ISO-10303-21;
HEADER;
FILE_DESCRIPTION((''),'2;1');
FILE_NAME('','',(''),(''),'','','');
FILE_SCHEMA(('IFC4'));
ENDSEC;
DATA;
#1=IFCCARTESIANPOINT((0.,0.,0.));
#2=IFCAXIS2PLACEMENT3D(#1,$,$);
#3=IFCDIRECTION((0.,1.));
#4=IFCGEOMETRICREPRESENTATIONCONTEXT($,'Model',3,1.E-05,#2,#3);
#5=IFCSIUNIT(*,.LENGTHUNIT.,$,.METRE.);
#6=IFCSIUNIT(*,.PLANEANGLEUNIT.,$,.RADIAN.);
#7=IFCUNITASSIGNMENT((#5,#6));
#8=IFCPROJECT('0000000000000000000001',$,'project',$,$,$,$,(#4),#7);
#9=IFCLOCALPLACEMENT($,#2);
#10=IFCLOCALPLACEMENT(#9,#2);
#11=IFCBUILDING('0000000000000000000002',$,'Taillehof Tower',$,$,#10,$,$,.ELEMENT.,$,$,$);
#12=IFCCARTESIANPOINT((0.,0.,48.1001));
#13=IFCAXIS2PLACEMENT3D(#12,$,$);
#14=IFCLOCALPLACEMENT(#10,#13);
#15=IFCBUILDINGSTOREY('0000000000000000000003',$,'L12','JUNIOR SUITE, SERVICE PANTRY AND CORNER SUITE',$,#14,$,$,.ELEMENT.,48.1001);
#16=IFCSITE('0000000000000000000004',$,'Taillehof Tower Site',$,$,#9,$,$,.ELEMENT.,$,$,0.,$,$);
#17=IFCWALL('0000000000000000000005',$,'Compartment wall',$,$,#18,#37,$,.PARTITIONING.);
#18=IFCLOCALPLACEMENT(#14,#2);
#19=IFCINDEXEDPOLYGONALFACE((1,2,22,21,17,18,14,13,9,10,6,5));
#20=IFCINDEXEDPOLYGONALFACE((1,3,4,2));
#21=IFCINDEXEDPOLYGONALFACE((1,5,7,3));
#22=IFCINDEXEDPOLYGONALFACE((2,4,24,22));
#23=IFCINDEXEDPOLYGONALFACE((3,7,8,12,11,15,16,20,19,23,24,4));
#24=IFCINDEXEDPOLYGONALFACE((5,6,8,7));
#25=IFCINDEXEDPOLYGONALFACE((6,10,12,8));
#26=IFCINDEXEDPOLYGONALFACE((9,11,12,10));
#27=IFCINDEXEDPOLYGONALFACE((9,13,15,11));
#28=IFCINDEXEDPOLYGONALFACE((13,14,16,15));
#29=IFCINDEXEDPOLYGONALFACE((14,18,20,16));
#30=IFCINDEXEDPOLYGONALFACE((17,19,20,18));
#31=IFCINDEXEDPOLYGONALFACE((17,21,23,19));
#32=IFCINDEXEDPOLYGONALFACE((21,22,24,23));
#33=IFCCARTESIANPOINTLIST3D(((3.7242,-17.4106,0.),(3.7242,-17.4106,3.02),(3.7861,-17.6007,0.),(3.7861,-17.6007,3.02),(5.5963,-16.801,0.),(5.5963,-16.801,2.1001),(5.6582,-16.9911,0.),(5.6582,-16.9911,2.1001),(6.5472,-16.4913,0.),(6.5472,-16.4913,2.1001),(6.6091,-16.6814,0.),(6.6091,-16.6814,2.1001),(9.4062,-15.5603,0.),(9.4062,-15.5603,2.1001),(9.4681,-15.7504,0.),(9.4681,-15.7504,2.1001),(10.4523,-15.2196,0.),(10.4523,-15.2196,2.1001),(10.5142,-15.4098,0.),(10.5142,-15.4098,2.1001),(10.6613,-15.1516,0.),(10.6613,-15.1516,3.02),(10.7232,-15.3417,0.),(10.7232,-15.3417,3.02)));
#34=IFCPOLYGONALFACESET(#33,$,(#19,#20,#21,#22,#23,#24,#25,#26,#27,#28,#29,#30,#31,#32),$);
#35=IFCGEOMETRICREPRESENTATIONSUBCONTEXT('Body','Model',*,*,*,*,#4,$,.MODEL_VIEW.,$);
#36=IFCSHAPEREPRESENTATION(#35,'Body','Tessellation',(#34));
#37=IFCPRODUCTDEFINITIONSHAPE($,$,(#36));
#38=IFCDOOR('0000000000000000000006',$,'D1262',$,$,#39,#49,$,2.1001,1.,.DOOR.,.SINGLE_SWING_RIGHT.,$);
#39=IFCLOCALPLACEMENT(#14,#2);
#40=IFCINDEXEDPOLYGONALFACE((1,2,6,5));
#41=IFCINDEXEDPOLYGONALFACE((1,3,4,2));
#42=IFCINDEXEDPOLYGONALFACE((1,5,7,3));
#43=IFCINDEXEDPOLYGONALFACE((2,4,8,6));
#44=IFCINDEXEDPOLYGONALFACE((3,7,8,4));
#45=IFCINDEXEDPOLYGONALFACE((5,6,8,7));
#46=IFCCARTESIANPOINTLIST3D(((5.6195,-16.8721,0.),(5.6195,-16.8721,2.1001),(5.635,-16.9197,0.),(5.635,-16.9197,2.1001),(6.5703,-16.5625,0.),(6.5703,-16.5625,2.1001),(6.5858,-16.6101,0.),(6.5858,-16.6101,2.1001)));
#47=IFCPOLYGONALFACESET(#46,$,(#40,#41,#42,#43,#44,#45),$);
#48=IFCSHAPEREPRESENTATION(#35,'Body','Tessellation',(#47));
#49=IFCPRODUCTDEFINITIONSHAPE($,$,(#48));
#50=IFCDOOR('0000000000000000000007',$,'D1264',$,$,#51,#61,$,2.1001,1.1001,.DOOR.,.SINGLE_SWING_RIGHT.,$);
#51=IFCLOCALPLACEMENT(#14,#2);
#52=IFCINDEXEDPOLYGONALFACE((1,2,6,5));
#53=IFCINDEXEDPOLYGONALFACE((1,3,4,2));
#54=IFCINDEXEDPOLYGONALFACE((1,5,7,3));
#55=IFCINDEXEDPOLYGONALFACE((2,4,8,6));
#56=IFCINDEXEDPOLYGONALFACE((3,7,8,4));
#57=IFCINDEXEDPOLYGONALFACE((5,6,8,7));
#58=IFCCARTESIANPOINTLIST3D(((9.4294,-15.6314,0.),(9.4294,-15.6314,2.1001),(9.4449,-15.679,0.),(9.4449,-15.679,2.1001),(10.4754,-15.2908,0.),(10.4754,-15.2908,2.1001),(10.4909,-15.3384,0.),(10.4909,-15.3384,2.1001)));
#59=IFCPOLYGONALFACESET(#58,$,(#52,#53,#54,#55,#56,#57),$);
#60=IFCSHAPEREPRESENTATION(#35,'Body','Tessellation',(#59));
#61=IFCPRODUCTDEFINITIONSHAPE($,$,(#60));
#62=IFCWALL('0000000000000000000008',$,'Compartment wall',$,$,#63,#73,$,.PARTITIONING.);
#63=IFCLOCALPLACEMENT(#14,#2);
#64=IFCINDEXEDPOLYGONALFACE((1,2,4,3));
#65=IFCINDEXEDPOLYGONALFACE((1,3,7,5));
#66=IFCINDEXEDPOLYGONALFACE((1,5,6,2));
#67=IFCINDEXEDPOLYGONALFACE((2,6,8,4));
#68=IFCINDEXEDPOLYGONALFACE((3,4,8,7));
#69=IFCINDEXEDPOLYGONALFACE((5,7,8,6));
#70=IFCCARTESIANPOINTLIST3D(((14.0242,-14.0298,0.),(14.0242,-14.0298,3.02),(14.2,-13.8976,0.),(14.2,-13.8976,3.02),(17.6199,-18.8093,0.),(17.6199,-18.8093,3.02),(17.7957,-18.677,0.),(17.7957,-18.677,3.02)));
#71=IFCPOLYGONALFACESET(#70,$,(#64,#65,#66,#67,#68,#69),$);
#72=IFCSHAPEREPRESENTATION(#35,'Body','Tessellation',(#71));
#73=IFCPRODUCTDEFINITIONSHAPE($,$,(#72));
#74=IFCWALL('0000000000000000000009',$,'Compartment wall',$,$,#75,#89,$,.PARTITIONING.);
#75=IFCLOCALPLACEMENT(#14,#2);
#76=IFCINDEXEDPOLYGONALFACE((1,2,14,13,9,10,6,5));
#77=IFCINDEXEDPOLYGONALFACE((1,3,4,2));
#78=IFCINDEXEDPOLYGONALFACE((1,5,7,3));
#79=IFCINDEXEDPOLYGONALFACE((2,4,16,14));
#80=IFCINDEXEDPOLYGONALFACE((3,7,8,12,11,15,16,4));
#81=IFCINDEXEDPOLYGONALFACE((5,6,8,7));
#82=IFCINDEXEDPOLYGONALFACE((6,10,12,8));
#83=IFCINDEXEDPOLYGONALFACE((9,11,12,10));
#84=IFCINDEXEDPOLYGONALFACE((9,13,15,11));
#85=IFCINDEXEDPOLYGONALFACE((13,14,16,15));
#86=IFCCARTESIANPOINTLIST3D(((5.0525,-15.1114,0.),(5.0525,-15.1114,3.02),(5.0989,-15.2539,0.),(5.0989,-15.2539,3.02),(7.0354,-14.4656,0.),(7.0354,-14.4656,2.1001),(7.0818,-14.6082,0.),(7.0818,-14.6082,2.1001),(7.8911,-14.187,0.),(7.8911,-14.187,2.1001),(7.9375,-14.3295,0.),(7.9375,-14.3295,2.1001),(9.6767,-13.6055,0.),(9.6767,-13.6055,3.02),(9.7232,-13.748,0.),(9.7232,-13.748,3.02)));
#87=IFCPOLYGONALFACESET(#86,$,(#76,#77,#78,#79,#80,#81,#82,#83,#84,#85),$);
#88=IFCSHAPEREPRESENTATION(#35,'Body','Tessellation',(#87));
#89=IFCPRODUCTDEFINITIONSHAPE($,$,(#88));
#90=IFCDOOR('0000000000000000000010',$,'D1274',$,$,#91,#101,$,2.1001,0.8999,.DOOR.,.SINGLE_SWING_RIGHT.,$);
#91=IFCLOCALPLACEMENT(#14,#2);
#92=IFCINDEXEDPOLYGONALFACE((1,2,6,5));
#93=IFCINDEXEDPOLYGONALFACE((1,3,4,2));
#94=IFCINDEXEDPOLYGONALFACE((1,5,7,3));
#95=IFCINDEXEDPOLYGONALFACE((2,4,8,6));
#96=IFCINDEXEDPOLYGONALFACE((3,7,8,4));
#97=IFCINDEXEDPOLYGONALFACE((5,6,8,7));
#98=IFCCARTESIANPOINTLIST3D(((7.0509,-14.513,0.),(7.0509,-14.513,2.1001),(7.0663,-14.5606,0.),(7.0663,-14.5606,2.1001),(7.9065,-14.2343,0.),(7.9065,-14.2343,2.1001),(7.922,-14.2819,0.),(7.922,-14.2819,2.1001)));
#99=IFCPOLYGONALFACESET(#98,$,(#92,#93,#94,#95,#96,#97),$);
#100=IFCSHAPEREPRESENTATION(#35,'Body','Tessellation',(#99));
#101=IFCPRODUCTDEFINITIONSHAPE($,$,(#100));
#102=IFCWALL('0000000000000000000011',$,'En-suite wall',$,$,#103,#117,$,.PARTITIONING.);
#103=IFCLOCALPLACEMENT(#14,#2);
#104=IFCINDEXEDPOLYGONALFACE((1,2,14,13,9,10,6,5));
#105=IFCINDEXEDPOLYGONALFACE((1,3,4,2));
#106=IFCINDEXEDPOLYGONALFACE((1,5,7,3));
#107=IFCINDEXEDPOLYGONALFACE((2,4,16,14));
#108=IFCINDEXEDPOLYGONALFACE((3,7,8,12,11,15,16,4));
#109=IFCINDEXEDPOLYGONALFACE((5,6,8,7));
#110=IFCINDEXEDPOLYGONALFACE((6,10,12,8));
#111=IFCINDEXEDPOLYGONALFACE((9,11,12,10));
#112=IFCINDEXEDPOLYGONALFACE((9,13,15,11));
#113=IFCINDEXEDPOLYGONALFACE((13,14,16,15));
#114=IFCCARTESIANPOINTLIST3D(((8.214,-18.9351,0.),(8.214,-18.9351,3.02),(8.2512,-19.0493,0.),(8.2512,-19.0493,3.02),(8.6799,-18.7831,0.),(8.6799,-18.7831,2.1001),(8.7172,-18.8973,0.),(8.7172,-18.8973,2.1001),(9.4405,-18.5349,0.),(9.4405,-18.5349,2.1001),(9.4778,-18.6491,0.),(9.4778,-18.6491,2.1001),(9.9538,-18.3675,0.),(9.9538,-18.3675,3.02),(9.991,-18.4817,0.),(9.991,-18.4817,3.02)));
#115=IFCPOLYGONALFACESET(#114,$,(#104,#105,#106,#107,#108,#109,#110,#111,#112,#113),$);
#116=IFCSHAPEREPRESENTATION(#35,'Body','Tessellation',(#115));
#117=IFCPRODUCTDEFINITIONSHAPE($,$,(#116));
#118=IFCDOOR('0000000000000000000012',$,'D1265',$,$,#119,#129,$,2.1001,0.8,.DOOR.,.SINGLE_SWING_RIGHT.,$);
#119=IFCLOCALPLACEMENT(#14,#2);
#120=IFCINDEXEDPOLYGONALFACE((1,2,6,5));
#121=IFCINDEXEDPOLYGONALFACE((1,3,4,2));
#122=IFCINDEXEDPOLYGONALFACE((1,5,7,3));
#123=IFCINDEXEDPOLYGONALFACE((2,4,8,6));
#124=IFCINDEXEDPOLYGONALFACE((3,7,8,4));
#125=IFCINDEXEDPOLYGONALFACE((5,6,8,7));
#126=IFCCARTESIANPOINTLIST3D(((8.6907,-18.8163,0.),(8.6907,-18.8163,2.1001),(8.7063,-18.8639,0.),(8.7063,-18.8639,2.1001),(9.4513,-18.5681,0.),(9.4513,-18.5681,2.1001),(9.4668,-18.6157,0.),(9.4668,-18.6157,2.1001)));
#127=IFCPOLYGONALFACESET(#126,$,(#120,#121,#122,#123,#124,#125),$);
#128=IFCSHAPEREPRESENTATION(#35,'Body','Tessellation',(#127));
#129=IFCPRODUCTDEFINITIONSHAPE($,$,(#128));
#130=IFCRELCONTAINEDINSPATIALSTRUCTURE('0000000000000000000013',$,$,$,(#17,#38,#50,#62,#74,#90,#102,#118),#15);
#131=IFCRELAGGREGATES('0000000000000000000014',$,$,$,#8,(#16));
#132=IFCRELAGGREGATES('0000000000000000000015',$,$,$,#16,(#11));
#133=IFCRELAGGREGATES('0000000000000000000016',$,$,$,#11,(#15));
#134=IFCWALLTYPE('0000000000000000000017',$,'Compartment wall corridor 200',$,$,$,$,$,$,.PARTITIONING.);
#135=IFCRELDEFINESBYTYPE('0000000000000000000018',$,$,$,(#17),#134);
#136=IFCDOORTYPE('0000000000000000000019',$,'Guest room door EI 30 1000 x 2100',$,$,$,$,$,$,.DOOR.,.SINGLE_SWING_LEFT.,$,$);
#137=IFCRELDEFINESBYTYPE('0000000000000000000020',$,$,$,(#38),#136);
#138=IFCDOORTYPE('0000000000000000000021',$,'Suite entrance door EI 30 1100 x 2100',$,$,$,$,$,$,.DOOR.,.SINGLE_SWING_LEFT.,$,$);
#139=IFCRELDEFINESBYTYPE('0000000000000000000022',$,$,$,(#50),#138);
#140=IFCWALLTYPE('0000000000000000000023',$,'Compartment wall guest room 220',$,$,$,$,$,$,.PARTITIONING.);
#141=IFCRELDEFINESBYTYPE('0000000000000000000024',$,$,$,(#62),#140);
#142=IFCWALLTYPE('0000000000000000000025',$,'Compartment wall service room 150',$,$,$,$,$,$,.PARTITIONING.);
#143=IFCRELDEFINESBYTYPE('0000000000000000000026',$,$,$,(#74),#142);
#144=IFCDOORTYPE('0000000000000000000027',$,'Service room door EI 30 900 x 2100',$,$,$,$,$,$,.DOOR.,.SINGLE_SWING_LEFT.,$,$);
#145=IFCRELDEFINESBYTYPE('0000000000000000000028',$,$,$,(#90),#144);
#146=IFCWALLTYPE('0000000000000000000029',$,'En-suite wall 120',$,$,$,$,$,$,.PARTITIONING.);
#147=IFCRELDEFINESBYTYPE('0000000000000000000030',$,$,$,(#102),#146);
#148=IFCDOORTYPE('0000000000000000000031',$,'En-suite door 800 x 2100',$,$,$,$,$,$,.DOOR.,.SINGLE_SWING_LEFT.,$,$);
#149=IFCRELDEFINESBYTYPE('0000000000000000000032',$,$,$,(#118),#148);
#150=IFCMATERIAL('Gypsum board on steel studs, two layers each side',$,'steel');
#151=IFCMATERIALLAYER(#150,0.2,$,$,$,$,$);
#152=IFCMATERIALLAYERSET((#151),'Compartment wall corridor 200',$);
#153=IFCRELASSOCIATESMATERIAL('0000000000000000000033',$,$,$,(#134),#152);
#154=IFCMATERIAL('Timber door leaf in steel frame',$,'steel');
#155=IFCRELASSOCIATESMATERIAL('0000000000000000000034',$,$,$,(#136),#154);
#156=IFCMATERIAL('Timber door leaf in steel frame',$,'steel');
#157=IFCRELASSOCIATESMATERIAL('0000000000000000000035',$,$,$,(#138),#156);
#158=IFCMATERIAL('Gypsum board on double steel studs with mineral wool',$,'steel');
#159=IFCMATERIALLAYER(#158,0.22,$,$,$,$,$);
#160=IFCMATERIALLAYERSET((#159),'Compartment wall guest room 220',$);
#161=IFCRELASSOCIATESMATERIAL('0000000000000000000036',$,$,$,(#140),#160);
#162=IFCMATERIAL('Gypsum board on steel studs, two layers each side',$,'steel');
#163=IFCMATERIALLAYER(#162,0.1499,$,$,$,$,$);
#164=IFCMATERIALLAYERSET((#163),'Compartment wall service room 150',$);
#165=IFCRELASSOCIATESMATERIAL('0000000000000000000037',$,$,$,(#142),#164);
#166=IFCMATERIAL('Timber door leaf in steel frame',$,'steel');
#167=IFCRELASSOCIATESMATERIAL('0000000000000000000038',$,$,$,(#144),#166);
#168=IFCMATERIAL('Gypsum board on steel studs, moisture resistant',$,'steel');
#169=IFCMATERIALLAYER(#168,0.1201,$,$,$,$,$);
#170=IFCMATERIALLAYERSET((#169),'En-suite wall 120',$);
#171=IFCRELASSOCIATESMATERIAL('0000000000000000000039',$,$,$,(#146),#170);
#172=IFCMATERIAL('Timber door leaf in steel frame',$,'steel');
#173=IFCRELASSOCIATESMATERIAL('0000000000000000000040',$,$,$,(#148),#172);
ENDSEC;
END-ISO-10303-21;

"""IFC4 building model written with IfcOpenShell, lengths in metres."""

from ifc_helpers import new_model, si_unit, direction, frame, frame_2d, origin, place, context, subcontext, project, spatial, rectangle, extrude, material, layer, layer_set, type_object, element, fill, save


model = new_model("IFC4")

# Units and contexts
model_context = context("Model", 3, precision=1e-05, world=origin(), true_north=direction((0.0, 1.0)))
body_context = subcontext(model_context, "Body", "Model", "MODEL_VIEW")
ifc_project = project(units=[si_unit("LENGTHUNIT", "METRE"), si_unit("PLANEANGLEUNIT", "RADIAN")], contexts=[model_context])

# Site, building, storey
site_placement = place(None, origin())
site = spatial("IfcSite", under=ifc_project, at=site_placement, Name="Taillehof Tower Site", CompositionType="ELEMENT", RefElevation=0.0)
building_placement = place(site_placement, origin())
building = spatial("IfcBuilding", under=site, at=building_placement, Name="Taillehof Tower", CompositionType="ELEMENT")
storey_placement = place(building_placement, frame((0.0, 0.0, 48.1001)))
storey = spatial("IfcBuildingStorey", under=building, at=storey_placement, Name="L12", Description="JUNIOR SUITE, SERVICE PANTRY AND CORNER SUITE", CompositionType="ELEMENT", Elevation=48.1001)

# Shared definitions
ifc_material_1 = material(Name="Gypsum board on steel studs, two layers each side", Category="steel")
ifc_layer_1 = layer(ifc_material_1, 0.2)
ifc_layer_set_1 = layer_set([ifc_layer_1], Name="Compartment wall corridor 200")
wall_type_1 = type_object("IfcWallType", Name="Compartment wall corridor 200", PredefinedType="PARTITIONING", material=ifc_layer_set_1)

# Wall, openings, doors
wall_1_placement = place(storey_placement, frame((10.6924, -15.2466, 0.0), z_axis=(0.0, 0.0, 1.0), x_axis=(-0.950852, -0.309644, 0.0)))
wall_1 = element("IfcWall", 1, at=wall_1_placement, inside=storey, type_object=wall_type_1, Name="Compartment wall", PredefinedType="PARTITIONING", context=body_context, shape_type="SweptSolid", body=[
    extrude(rectangle(XDim=7.2957, YDim=0.2, at=frame_2d((3.6479, 0.0))), origin(), (0.0, 0.0, 1.0), 3.02),
])
opening_1_placement = place(wall_1_placement, frame((4.3269, 0.0, 0.0)))
opening_1 = element("IfcOpeningElement", 2, at=opening_1_placement, cuts=wall_1, PredefinedType="OPENING", context=body_context, shape_type="SweptSolid", body=[
    extrude(rectangle(XDim=1.0, YDim=2.1001, at=frame_2d((0.5, 1.05))), frame((0.0, 0.1099, 0.0), z_axis=(0.0, -1.0, 0.0), x_axis=(1.0, 0.0, 0.0)), (0.0, 0.0, 1.0), 0.22),
])
opening_2_placement = place(wall_1_placement, frame((0.22, 0.0, 0.0)))
opening_2 = element("IfcOpeningElement", 3, at=opening_2_placement, cuts=wall_1, PredefinedType="OPENING", context=body_context, shape_type="SweptSolid", body=[
    extrude(rectangle(XDim=1.1001, YDim=2.1001, at=frame_2d((0.55, 1.05))), frame((0.0, 0.1099, 0.0), z_axis=(0.0, -1.0, 0.0), x_axis=(1.0, 0.0, 0.0)), (0.0, 0.0, 1.0), 0.22),
])
ifc_material_2 = material(Name="Timber door leaf in steel frame", Category="steel")
door_type_1 = type_object("IfcDoorType", Name="Guest room door EI 30 1000 x 2100", OperationType="SINGLE_SWING_LEFT", PredefinedType="DOOR", material=ifc_material_2)
door_1_placement = place(opening_1_placement, origin())
door_1 = element("IfcDoor", 4, at=door_1_placement, inside=storey, type_object=door_type_1, Name="D1262", OperationType="SINGLE_SWING_RIGHT", OverallHeight=2.1001, OverallWidth=1.0, PredefinedType="DOOR", context=body_context, shape_type="SweptSolid", body=[
    extrude(rectangle(XDim=1.0, YDim=2.1001, at=frame_2d((0.5, 1.05))), frame((0.0, 0.0249, 0.0), z_axis=(0.0, -1.0, 0.0), x_axis=(1.0, 0.0, 0.0)), (0.0, 0.0, 1.0), 0.05),
])
fill(opening_1, door_1)
ifc_material_3 = material(Name="Timber door leaf in steel frame", Category="steel")
door_type_2 = type_object("IfcDoorType", Name="Suite entrance door EI 30 1100 x 2100", OperationType="SINGLE_SWING_LEFT", PredefinedType="DOOR", material=ifc_material_3)
door_2_placement = place(opening_2_placement, origin())
door_2 = element("IfcDoor", 5, at=door_2_placement, inside=storey, type_object=door_type_2, Name="D1264", OperationType="SINGLE_SWING_RIGHT", OverallHeight=2.1001, OverallWidth=1.1001, PredefinedType="DOOR", context=body_context, shape_type="SweptSolid", body=[
    extrude(rectangle(XDim=1.1001, YDim=2.1001, at=frame_2d((0.55, 1.05))), frame((0.0, 0.0249, 0.0), z_axis=(0.0, -1.0, 0.0), x_axis=(1.0, 0.0, 0.0)), (0.0, 0.0, 1.0), 0.05),
])
fill(opening_2, door_2)

# Wall
ifc_material_4 = material(Name="Gypsum board on double steel studs with mineral wool", Category="steel")
ifc_layer_2 = layer(ifc_material_4, 0.22)
ifc_layer_set_2 = layer_set([ifc_layer_2], Name="Compartment wall guest room 220")
wall_type_2 = type_object("IfcWallType", Name="Compartment wall guest room 220", PredefinedType="PARTITIONING", material=ifc_layer_set_2)
wall_2_placement = place(storey_placement, frame((17.7078, -18.7432, 0.0), z_axis=(0.0, 0.0, 1.0), x_axis=(-0.601181, 0.799113, 0.0)))
element("IfcWall", 6, at=wall_2_placement, inside=storey, type_object=wall_type_2, Name="Compartment wall", PredefinedType="PARTITIONING", context=body_context, shape_type="SweptSolid", body=[
    extrude(rectangle(XDim=5.981, YDim=0.22, at=frame_2d((2.9905, 0.0))), origin(), (0.0, 0.0, 1.0), 3.02),
])

# Walls, openings, doors
ifc_material_5 = material(Name="Gypsum board on steel studs, two layers each side", Category="steel")
ifc_layer_3 = layer(ifc_material_5, 0.1499)
ifc_layer_set_3 = layer_set([ifc_layer_3], Name="Compartment wall service room 150")
wall_type_3 = type_object("IfcWallType", Name="Compartment wall service room 150", PredefinedType="PARTITIONING", material=ifc_layer_set_3)
wall_3_placement = place(storey_placement, frame((9.7, -13.6768, 0.0), z_axis=(0.0, 0.0, 1.0), x_axis=(-0.950854, -0.309639, 0.0)))
wall_3 = element("IfcWall", 7, at=wall_3_placement, inside=storey, type_object=wall_type_3, Name="Compartment wall", PredefinedType="PARTITIONING", context=body_context, shape_type="SweptSolid", body=[
    extrude(rectangle(XDim=4.8633, YDim=0.1499, at=frame_2d((2.4316, 0.0))), origin(), (0.0, 0.0, 1.0), 3.02),
])
opening_3_placement = place(wall_3_placement, frame((1.8779, 0.0, 0.0)))
opening_3 = element("IfcOpeningElement", 8, at=opening_3_placement, cuts=wall_3, PredefinedType="OPENING", context=body_context, shape_type="SweptSolid", body=[
    extrude(rectangle(XDim=0.8999, YDim=2.1001, at=frame_2d((0.45, 1.05))), frame((0.0, 0.085, 0.0), z_axis=(0.0, -1.0, 0.0), x_axis=(1.0, 0.0, 0.0)), (0.0, 0.0, 1.0), 0.1699),
])
ifc_material_6 = material(Name="Timber door leaf in steel frame", Category="steel")
door_type_3 = type_object("IfcDoorType", Name="Service room door EI 30 900 x 2100", OperationType="SINGLE_SWING_LEFT", PredefinedType="DOOR", material=ifc_material_6)
door_3_placement = place(opening_3_placement, origin())
door_3 = element("IfcDoor", 9, at=door_3_placement, inside=storey, type_object=door_type_3, Name="D1274", OperationType="SINGLE_SWING_RIGHT", OverallHeight=2.1001, OverallWidth=0.8999, PredefinedType="DOOR", context=body_context, shape_type="SweptSolid", body=[
    extrude(rectangle(XDim=0.8999, YDim=2.1001, at=frame_2d((0.45, 1.05))), frame((0.0, 0.0249, 0.0), z_axis=(0.0, -1.0, 0.0), x_axis=(1.0, 0.0, 0.0)), (0.0, 0.0, 1.0), 0.05),
])
fill(opening_3, door_3)
ifc_material_7 = material(Name="Gypsum board on steel studs, moisture resistant", Category="steel")
ifc_layer_4 = layer(ifc_material_7, 0.1201)
ifc_layer_set_4 = layer_set([ifc_layer_4], Name="En-suite wall 120")
wall_type_4 = type_object("IfcWallType", Name="En-suite wall 120", PredefinedType="PARTITIONING", material=ifc_layer_set_4)
wall_4_placement = place(storey_placement, frame((9.9724, -18.4246, 0.0), z_axis=(0.0, 0.0, 1.0), x_axis=(-0.950679, -0.310178, 0.0)))
wall_4 = element("IfcWall", 10, at=wall_4_placement, inside=storey, type_object=wall_type_4, Name="En-suite wall", PredefinedType="PARTITIONING", context=body_context, shape_type="SweptSolid", body=[
    extrude(rectangle(XDim=1.8301, YDim=0.1201, at=frame_2d((0.915, 0.0))), origin(), (0.0, 0.0, 1.0), 3.02),
])
opening_4_placement = place(wall_4_placement, frame((0.54, 0.0, 0.0)))
opening_4 = element("IfcOpeningElement", 11, at=opening_4_placement, cuts=wall_4, PredefinedType="OPENING", context=body_context, shape_type="SweptSolid", body=[
    extrude(rectangle(XDim=0.8, YDim=2.1001, at=frame_2d((0.3999, 1.05))), frame((0.0, 0.0701, 0.0), z_axis=(0.0, -1.0, 0.0), x_axis=(1.0, 0.0, 0.0)), (0.0, 0.0, 1.0), 0.1401),
])
ifc_material_8 = material(Name="Timber door leaf in steel frame", Category="steel")
door_type_4 = type_object("IfcDoorType", Name="En-suite door 800 x 2100", OperationType="SINGLE_SWING_LEFT", PredefinedType="DOOR", material=ifc_material_8)
door_4_placement = place(opening_4_placement, origin())
door_4 = element("IfcDoor", 12, at=door_4_placement, inside=storey, type_object=door_type_4, Name="D1265", OperationType="SINGLE_SWING_RIGHT", OverallHeight=2.1001, OverallWidth=0.8, PredefinedType="DOOR", context=body_context, shape_type="SweptSolid", body=[
    extrude(rectangle(XDim=0.8, YDim=2.1001, at=frame_2d((0.3999, 1.05))), frame((0.0, 0.0249, 0.0), z_axis=(0.0, -1.0, 0.0), x_axis=(1.0, 0.0, 0.0)), (0.0, 0.0, 1.0), 0.05),
])
fill(opening_4, door_4)

save(model, "model.ifc")
